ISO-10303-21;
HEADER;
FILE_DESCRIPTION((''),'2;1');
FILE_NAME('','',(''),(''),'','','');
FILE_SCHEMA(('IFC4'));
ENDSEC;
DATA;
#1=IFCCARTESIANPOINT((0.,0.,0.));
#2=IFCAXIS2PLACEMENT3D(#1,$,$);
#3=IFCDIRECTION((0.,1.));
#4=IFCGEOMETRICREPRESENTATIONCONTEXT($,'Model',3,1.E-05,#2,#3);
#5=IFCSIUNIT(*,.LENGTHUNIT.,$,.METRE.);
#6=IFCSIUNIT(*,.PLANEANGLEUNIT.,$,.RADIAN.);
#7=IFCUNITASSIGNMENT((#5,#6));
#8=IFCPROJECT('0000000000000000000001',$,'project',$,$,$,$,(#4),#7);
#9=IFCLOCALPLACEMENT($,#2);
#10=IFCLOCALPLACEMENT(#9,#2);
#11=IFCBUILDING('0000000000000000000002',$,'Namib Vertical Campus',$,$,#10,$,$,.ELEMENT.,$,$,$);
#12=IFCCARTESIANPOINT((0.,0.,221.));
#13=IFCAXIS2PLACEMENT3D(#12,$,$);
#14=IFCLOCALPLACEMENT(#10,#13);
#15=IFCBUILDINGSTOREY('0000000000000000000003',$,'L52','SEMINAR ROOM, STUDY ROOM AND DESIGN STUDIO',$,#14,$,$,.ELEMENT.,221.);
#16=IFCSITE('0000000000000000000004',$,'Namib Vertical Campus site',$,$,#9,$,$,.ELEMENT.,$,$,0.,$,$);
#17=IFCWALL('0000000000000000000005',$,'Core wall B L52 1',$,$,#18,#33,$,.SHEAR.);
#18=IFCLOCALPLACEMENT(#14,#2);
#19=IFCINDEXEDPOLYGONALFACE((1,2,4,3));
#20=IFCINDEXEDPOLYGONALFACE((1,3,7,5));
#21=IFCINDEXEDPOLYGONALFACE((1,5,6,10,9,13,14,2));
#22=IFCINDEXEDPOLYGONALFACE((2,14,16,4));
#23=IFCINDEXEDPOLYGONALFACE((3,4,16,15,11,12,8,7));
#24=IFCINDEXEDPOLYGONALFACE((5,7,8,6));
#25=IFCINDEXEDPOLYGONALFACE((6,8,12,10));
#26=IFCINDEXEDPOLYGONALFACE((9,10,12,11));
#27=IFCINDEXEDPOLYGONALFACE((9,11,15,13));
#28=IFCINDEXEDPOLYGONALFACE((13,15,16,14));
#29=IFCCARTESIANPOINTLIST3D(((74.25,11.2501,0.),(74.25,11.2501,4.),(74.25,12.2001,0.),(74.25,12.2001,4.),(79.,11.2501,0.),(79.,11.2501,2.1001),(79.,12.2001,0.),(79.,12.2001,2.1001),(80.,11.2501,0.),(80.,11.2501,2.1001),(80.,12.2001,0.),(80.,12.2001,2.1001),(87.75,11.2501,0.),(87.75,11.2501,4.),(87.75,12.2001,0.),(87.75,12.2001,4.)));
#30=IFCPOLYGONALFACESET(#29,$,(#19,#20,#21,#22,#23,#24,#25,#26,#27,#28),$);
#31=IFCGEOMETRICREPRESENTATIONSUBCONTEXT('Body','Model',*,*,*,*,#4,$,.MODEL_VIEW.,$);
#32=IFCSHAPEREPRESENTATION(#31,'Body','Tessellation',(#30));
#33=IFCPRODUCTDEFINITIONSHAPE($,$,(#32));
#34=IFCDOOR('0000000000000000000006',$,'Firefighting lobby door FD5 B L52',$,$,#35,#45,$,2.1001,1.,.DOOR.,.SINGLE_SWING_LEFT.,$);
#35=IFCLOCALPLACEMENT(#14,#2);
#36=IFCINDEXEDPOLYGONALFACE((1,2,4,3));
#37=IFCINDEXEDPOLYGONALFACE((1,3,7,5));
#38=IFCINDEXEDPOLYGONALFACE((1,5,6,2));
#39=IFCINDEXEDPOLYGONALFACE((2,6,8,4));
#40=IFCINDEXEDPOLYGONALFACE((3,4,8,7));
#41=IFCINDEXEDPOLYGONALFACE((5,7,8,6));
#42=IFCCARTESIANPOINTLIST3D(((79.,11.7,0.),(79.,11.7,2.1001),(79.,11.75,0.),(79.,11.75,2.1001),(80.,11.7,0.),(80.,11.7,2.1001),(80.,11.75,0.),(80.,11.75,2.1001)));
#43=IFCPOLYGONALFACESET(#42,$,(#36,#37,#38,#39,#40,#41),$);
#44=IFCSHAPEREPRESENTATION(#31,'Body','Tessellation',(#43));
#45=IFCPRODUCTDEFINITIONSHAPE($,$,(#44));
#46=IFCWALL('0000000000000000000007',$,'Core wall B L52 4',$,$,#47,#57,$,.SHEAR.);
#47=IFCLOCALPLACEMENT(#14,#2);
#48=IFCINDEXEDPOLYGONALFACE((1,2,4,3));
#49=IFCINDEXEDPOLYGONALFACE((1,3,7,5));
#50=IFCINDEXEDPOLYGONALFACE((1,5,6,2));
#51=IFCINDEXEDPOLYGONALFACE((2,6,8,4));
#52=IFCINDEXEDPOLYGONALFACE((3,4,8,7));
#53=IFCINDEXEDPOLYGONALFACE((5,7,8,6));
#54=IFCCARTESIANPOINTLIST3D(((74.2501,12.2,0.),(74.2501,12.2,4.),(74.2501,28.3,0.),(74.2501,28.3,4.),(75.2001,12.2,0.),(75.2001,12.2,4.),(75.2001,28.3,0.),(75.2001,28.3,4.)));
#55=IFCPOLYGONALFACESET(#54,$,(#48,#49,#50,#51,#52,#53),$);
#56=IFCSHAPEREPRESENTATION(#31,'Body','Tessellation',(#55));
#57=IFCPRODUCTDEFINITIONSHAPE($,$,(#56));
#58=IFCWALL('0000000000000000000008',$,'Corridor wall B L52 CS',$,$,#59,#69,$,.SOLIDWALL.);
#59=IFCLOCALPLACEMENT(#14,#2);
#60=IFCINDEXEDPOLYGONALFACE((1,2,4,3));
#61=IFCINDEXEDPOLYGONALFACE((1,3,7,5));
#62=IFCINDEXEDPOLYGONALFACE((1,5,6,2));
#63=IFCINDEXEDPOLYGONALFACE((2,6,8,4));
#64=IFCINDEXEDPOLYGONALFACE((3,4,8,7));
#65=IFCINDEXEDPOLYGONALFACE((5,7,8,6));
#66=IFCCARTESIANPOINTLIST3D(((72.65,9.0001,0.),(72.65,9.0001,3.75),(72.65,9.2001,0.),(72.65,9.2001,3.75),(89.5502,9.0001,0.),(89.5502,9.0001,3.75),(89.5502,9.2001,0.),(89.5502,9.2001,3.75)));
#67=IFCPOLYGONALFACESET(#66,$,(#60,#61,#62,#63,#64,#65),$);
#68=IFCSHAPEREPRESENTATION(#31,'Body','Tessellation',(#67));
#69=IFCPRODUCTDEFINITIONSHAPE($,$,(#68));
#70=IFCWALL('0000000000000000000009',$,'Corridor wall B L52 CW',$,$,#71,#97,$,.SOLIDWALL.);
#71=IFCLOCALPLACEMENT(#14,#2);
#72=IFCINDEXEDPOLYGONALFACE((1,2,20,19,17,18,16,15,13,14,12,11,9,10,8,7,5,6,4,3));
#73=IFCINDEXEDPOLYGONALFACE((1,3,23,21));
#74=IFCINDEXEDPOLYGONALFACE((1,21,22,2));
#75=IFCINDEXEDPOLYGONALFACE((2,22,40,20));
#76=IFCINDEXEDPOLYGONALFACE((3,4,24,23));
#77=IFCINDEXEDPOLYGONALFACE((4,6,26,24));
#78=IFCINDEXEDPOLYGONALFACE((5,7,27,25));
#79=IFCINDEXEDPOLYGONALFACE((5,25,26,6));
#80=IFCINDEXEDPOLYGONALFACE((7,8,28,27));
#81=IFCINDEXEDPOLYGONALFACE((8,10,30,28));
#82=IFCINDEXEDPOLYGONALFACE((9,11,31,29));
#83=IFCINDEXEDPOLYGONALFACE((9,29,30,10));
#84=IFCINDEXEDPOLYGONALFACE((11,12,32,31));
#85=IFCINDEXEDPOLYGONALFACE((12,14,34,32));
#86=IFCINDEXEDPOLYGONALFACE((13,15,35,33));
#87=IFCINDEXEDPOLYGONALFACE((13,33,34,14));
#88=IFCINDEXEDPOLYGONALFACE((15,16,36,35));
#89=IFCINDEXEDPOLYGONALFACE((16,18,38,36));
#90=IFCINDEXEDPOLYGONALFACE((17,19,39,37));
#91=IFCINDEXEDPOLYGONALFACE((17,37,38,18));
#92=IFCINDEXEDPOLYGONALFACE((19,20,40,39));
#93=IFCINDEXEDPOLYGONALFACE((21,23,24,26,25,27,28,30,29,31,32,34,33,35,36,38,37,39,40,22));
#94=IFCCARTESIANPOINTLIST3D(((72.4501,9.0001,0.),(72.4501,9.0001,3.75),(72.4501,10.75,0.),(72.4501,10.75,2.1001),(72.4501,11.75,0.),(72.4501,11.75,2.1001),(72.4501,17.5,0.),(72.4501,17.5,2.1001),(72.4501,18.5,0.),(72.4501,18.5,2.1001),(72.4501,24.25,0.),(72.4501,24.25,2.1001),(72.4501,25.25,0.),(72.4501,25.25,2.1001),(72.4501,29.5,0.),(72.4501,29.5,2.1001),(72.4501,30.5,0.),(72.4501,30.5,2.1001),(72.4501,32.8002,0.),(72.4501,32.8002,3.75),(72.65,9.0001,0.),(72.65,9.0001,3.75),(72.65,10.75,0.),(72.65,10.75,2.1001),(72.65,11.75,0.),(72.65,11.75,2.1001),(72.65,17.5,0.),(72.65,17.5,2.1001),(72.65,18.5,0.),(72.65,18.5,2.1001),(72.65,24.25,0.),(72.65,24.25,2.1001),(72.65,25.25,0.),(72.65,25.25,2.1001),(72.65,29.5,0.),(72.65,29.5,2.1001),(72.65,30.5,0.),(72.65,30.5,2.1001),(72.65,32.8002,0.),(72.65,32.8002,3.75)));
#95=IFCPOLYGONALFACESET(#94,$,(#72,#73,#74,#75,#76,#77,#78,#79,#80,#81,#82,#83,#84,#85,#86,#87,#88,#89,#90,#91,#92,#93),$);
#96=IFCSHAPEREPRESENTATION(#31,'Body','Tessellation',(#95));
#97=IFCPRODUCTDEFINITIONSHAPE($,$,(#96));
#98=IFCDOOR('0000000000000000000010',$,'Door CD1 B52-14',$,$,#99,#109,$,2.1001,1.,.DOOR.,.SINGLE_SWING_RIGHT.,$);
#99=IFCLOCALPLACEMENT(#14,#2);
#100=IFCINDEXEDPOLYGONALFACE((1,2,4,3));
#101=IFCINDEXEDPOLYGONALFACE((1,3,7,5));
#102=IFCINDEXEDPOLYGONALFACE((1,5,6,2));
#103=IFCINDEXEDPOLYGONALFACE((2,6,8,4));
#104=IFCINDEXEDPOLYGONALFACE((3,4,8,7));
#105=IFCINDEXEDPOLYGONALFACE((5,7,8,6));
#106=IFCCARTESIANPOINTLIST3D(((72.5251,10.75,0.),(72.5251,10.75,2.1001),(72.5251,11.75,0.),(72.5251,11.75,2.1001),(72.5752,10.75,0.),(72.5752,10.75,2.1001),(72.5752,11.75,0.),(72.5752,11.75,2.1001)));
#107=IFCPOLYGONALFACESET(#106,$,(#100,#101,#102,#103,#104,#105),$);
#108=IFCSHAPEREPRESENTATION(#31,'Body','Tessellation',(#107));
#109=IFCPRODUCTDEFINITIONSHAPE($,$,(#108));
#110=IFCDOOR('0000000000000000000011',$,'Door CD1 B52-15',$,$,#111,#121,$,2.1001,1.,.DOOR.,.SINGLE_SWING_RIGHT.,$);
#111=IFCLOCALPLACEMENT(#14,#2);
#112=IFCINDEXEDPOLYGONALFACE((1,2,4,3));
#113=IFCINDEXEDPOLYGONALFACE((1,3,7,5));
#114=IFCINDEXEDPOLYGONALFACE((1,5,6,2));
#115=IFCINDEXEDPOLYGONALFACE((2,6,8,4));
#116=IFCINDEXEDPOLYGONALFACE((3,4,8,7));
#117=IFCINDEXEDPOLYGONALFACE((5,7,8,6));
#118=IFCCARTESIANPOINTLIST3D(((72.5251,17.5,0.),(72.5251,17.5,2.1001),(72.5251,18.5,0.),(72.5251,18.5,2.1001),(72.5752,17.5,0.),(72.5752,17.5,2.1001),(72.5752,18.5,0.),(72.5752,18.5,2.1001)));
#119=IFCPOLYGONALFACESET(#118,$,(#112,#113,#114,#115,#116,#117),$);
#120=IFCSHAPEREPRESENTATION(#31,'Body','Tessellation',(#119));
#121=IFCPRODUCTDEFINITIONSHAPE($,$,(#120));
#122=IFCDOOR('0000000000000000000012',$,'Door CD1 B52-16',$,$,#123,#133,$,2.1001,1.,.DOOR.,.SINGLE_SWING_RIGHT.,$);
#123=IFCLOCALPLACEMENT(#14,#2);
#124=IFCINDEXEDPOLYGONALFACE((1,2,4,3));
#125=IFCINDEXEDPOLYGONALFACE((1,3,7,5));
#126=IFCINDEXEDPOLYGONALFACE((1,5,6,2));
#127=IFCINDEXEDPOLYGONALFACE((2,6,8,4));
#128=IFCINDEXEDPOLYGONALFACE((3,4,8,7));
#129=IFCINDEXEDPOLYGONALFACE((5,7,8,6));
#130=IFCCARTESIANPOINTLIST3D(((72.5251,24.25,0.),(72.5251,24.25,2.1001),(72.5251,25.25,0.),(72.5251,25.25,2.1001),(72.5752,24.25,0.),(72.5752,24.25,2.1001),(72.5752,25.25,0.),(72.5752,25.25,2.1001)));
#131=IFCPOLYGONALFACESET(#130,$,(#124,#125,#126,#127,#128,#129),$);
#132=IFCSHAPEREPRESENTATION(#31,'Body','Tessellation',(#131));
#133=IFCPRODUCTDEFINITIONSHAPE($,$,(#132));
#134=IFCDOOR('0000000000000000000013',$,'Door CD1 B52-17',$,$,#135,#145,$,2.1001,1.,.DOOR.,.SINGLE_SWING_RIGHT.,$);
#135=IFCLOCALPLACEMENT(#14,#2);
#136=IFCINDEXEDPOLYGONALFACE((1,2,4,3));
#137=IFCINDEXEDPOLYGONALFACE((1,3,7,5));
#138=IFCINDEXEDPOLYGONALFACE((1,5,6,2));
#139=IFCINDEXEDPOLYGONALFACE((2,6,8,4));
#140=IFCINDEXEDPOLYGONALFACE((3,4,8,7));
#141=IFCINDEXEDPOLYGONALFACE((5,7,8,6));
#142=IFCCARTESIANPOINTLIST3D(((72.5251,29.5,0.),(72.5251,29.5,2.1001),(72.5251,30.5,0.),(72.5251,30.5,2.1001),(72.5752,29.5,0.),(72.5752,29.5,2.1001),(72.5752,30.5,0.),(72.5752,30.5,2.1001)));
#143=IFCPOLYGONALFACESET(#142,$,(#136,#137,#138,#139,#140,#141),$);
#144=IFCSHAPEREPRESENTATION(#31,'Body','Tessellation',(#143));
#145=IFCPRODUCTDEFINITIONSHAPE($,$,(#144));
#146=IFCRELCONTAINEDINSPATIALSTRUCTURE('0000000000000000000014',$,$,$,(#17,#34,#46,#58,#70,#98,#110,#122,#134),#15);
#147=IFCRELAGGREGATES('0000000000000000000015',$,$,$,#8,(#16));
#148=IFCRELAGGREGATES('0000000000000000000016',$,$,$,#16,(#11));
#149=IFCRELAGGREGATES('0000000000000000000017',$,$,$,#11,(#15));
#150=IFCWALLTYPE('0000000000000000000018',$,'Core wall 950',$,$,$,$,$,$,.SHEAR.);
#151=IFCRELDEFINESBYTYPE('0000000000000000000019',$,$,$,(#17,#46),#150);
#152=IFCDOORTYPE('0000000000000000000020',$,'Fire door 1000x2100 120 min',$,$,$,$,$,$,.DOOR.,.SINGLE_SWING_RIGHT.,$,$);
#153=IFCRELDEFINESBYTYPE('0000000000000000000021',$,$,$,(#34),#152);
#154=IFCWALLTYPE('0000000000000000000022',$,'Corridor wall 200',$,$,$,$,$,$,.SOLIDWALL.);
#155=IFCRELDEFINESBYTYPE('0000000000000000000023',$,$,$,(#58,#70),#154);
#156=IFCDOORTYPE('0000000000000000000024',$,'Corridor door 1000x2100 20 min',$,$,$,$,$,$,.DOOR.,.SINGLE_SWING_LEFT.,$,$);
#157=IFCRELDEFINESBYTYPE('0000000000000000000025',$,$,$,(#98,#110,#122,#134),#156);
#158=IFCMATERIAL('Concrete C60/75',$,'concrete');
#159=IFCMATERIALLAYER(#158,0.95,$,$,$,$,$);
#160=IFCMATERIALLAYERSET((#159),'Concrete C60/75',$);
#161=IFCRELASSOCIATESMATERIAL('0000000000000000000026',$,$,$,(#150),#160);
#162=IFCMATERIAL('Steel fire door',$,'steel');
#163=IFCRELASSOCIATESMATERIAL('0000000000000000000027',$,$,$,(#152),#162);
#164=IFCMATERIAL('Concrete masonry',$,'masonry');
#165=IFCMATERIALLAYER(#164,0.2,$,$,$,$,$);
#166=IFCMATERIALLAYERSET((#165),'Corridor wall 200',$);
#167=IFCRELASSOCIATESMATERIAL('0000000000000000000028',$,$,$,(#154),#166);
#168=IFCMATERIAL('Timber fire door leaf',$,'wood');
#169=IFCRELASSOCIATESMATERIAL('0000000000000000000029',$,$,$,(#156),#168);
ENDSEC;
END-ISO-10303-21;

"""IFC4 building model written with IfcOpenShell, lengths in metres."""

from ifc_helpers import new_model, si_unit, direction, frame, frame_2d, origin, place, context, subcontext, project, spatial, rectangle, extrude, material, layer, layer_set, type_object, element, fill, save


model = new_model("IFC4")

# Units and contexts
model_context = context("Model", 3, precision=1e-05, world=origin(), true_north=direction((0.0, 1.0)))
body_context = subcontext(model_context, "Body", "Model", "MODEL_VIEW")
ifc_project = project(units=[si_unit("LENGTHUNIT", "METRE"), si_unit("PLANEANGLEUNIT", "RADIAN")], contexts=[model_context])

# Site, building, storey
site_placement = place(None, origin())
site = spatial("IfcSite", under=ifc_project, at=site_placement, Name="Namib Vertical Campus site", CompositionType="ELEMENT", RefElevation=0.0)
building_placement = place(site_placement, origin())
building = spatial("IfcBuilding", under=site, at=building_placement, Name="Namib Vertical Campus", CompositionType="ELEMENT")
storey_placement = place(building_placement, frame((0.0, 0.0, 221.0)))
storey = spatial("IfcBuildingStorey", under=building, at=storey_placement, Name="L52", Description="SEMINAR ROOM, STUDY ROOM AND DESIGN STUDIO", CompositionType="ELEMENT", Elevation=221.0)

# Wall, opening, door
ifc_material_1 = material(Name="Concrete C60/75", Category="concrete")
ifc_layer_1 = layer(ifc_material_1, 0.95)
ifc_layer_set_1 = layer_set([ifc_layer_1], Name="Concrete C60/75")
wall_type_1 = type_object("IfcWallType", Name="Core wall 950", PredefinedType="SHEAR", material=ifc_layer_set_1)
wall_1_placement = place(storey_placement, frame((74.25, 11.7251, 0.0), z_axis=(0.0, 0.0, 1.0), x_axis=(1.0, 0.0, 0.0)))
wall_1 = element("IfcWall", 1, at=wall_1_placement, inside=storey, type_object=wall_type_1, Name="Core wall B L52 1", PredefinedType="SHEAR", context=body_context, shape_type="SweptSolid", body=[
    extrude(rectangle(XDim=13.5, YDim=0.95, at=frame_2d((6.75, 0.0))), origin(), (0.0, 0.0, 1.0), 4.0),
])
opening_1_placement = place(wall_1_placement, frame((4.75, 0.0, 0.0)))
opening_1 = element("IfcOpeningElement", 2, at=opening_1_placement, cuts=wall_1, PredefinedType="OPENING", context=body_context, shape_type="SweptSolid", body=[
    extrude(rectangle(XDim=1.0, YDim=2.1001, at=frame_2d((0.5, 1.05))), frame((0.0, 0.4849, 0.0), z_axis=(0.0, -1.0, 0.0), x_axis=(1.0, 0.0, 0.0)), (0.0, 0.0, 1.0), 0.97),
])
ifc_material_2 = material(Name="Steel fire door", Category="steel")
door_type_1 = type_object("IfcDoorType", Name="Fire door 1000x2100 120 min", OperationType="SINGLE_SWING_RIGHT", PredefinedType="DOOR", material=ifc_material_2)
door_1_placement = place(opening_1_placement, origin())
door_1 = element("IfcDoor", 3, at=door_1_placement, inside=storey, type_object=door_type_1, Name="Firefighting lobby door FD5 B L52", OperationType="SINGLE_SWING_LEFT", OverallHeight=2.1001, OverallWidth=1.0, PredefinedType="DOOR", context=body_context, shape_type="SweptSolid", body=[
    extrude(rectangle(XDim=1.0, YDim=2.1001, at=frame_2d((0.5, 1.05))), frame((0.0, 0.0249, 0.0), z_axis=(0.0, -1.0, 0.0), x_axis=(1.0, 0.0, 0.0)), (0.0, 0.0, 1.0), 0.05),
])
fill(opening_1, door_1)

# Walls
wall_2_placement = place(storey_placement, frame((74.7251, 28.3, 0.0), z_axis=(0.0, 0.0, 1.0), x_axis=(0.0, -1.0, 0.0)))
element("IfcWall", 4, at=wall_2_placement, inside=storey, type_object=wall_type_1, Name="Core wall B L52 4", PredefinedType="SHEAR", context=body_context, shape_type="SweptSolid", body=[
    extrude(rectangle(XDim=16.1001, YDim=0.95, at=frame_2d((8.05, 0.0))), origin(), (0.0, 0.0, 1.0), 4.0),
])
ifc_material_3 = material(Name="Concrete masonry", Category="masonry")
ifc_layer_2 = layer(ifc_material_3, 0.2)
ifc_layer_set_2 = layer_set([ifc_layer_2], Name="Corridor wall 200")
wall_type_2 = type_object("IfcWallType", Name="Corridor wall 200", PredefinedType="SOLIDWALL", material=ifc_layer_set_2)
wall_3_placement = place(storey_placement, frame((72.6499, 9.1001, 0.0), z_axis=(0.0, 0.0, 1.0), x_axis=(1.0, 0.0, 0.0)))
element("IfcWall", 5, at=wall_3_placement, inside=storey, type_object=wall_type_2, Name="Corridor wall B L52 CS", PredefinedType="SOLIDWALL", context=body_context, shape_type="SweptSolid", body=[
    extrude(rectangle(XDim=16.9001, YDim=0.2, at=frame_2d((8.4502, 0.0))), origin(), (0.0, 0.0, 1.0), 3.75),
])

# Wall, openings, doors
wall_4_placement = place(storey_placement, frame((72.55, 32.8, 0.0), z_axis=(0.0, 0.0, 1.0), x_axis=(0.0, -1.0, 0.0)))
wall_4 = element("IfcWall", 6, at=wall_4_placement, inside=storey, type_object=wall_type_2, Name="Corridor wall B L52 CW", PredefinedType="SOLIDWALL", context=body_context, shape_type="SweptSolid", body=[
    extrude(rectangle(XDim=23.8, YDim=0.2, at=frame_2d((11.8999, 0.0))), origin(), (0.0, 0.0, 1.0), 3.75),
])
opening_2_placement = place(wall_4_placement, frame((21.05, 0.0, 0.0)))
opening_2 = element("IfcOpeningElement", 7, at=opening_2_placement, cuts=wall_4, PredefinedType="OPENING", context=body_context, shape_type="SweptSolid", body=[
    extrude(rectangle(XDim=1.0, YDim=2.1001, at=frame_2d((0.5, 1.05))), frame((0.0, 0.1099, 0.0), z_axis=(0.0, -1.0, 0.0), x_axis=(1.0, 0.0, 0.0)), (0.0, 0.0, 1.0), 0.22),
])
opening_3_placement = place(wall_4_placement, frame((14.3, 0.0, 0.0)))
opening_3 = element("IfcOpeningElement", 8, at=opening_3_placement, cuts=wall_4, PredefinedType="OPENING", context=body_context, shape_type="SweptSolid", body=[
    extrude(rectangle(XDim=1.0, YDim=2.1001, at=frame_2d((0.5, 1.05))), frame((0.0, 0.1099, 0.0), z_axis=(0.0, -1.0, 0.0), x_axis=(1.0, 0.0, 0.0)), (0.0, 0.0, 1.0), 0.22),
])
opening_4_placement = place(wall_4_placement, frame((7.55, 0.0, 0.0)))
opening_4 = element("IfcOpeningElement", 9, at=opening_4_placement, cuts=wall_4, PredefinedType="OPENING", context=body_context, shape_type="SweptSolid", body=[
    extrude(rectangle(XDim=1.0, YDim=2.1001, at=frame_2d((0.5, 1.05))), frame((0.0, 0.1099, 0.0), z_axis=(0.0, -1.0, 0.0), x_axis=(1.0, 0.0, 0.0)), (0.0, 0.0, 1.0), 0.22),
])
opening_5_placement = place(wall_4_placement, frame((2.3, 0.0, 0.0)))
opening_5 = element("IfcOpeningElement", 10, at=opening_5_placement, cuts=wall_4, PredefinedType="OPENING", context=body_context, shape_type="SweptSolid", body=[
    extrude(rectangle(XDim=1.0, YDim=2.1001, at=frame_2d((0.5, 1.05))), frame((0.0, 0.1099, 0.0), z_axis=(0.0, -1.0, 0.0), x_axis=(1.0, 0.0, 0.0)), (0.0, 0.0, 1.0), 0.22),
])
ifc_material_4 = material(Name="Timber fire door leaf", Category="wood")
door_type_2 = type_object("IfcDoorType", Name="Corridor door 1000x2100 20 min", OperationType="SINGLE_SWING_LEFT", PredefinedType="DOOR", material=ifc_material_4)
door_2_placement = place(opening_2_placement, frame((1.0, 0.0, 0.0), z_axis=(0.0, 0.0, 1.0), x_axis=(-1.0, 0.0, 0.0)))
door_2 = element("IfcDoor", 11, at=door_2_placement, inside=storey, type_object=door_type_2, Name="Door CD1 B52-14", OperationType="SINGLE_SWING_RIGHT", OverallHeight=2.1001, OverallWidth=1.0, PredefinedType="DOOR", context=body_context, shape_type="SweptSolid", body=[
    extrude(rectangle(XDim=1.0, YDim=2.1001, at=frame_2d((0.5, 1.05))), frame((0.0, 0.0249, 0.0), z_axis=(0.0, -1.0, 0.0), x_axis=(1.0, 0.0, 0.0)), (0.0, 0.0, 1.0), 0.05),
])
fill(opening_2, door_2)
door_3_placement = place(opening_3_placement, frame((1.0, 0.0, 0.0), z_axis=(0.0, 0.0, 1.0), x_axis=(-1.0, 0.0, 0.0)))
door_3 = element("IfcDoor", 12, at=door_3_placement, inside=storey, type_object=door_type_2, Name="Door CD1 B52-15", OperationType="SINGLE_SWING_RIGHT", OverallHeight=2.1001, OverallWidth=1.0, PredefinedType="DOOR", context=body_context, shape_type="SweptSolid", body=[
    extrude(rectangle(XDim=1.0, YDim=2.1001, at=frame_2d((0.5, 1.05))), frame((0.0, 0.0249, 0.0), z_axis=(0.0, -1.0, 0.0), x_axis=(1.0, 0.0, 0.0)), (0.0, 0.0, 1.0), 0.05),
])
fill(opening_3, door_3)
door_4_placement = place(opening_4_placement, frame((1.0, 0.0, 0.0), z_axis=(0.0, 0.0, 1.0), x_axis=(-1.0, 0.0, 0.0)))
door_4 = element("IfcDoor", 13, at=door_4_placement, inside=storey, type_object=door_type_2, Name="Door CD1 B52-16", OperationType="SINGLE_SWING_RIGHT", OverallHeight=2.1001, OverallWidth=1.0, PredefinedType="DOOR", context=body_context, shape_type="SweptSolid", body=[
    extrude(rectangle(XDim=1.0, YDim=2.1001, at=frame_2d((0.5, 1.05))), frame((0.0, 0.0249, 0.0), z_axis=(0.0, -1.0, 0.0), x_axis=(1.0, 0.0, 0.0)), (0.0, 0.0, 1.0), 0.05),
])
fill(opening_4, door_4)
door_5_placement = place(opening_5_placement, frame((1.0, 0.0, 0.0), z_axis=(0.0, 0.0, 1.0), x_axis=(-1.0, 0.0, 0.0)))
door_5 = element("IfcDoor", 14, at=door_5_placement, inside=storey, type_object=door_type_2, Name="Door CD1 B52-17", OperationType="SINGLE_SWING_RIGHT", OverallHeight=2.1001, OverallWidth=1.0, PredefinedType="DOOR", context=body_context, shape_type="SweptSolid", body=[
    extrude(rectangle(XDim=1.0, YDim=2.1001, at=frame_2d((0.5, 1.05))), frame((0.0, 0.0249, 0.0), z_axis=(0.0, -1.0, 0.0), x_axis=(1.0, 0.0, 0.0)), (0.0, 0.0, 1.0), 0.05),
])
fill(opening_5, door_5)

save(model, "model.ifc")
